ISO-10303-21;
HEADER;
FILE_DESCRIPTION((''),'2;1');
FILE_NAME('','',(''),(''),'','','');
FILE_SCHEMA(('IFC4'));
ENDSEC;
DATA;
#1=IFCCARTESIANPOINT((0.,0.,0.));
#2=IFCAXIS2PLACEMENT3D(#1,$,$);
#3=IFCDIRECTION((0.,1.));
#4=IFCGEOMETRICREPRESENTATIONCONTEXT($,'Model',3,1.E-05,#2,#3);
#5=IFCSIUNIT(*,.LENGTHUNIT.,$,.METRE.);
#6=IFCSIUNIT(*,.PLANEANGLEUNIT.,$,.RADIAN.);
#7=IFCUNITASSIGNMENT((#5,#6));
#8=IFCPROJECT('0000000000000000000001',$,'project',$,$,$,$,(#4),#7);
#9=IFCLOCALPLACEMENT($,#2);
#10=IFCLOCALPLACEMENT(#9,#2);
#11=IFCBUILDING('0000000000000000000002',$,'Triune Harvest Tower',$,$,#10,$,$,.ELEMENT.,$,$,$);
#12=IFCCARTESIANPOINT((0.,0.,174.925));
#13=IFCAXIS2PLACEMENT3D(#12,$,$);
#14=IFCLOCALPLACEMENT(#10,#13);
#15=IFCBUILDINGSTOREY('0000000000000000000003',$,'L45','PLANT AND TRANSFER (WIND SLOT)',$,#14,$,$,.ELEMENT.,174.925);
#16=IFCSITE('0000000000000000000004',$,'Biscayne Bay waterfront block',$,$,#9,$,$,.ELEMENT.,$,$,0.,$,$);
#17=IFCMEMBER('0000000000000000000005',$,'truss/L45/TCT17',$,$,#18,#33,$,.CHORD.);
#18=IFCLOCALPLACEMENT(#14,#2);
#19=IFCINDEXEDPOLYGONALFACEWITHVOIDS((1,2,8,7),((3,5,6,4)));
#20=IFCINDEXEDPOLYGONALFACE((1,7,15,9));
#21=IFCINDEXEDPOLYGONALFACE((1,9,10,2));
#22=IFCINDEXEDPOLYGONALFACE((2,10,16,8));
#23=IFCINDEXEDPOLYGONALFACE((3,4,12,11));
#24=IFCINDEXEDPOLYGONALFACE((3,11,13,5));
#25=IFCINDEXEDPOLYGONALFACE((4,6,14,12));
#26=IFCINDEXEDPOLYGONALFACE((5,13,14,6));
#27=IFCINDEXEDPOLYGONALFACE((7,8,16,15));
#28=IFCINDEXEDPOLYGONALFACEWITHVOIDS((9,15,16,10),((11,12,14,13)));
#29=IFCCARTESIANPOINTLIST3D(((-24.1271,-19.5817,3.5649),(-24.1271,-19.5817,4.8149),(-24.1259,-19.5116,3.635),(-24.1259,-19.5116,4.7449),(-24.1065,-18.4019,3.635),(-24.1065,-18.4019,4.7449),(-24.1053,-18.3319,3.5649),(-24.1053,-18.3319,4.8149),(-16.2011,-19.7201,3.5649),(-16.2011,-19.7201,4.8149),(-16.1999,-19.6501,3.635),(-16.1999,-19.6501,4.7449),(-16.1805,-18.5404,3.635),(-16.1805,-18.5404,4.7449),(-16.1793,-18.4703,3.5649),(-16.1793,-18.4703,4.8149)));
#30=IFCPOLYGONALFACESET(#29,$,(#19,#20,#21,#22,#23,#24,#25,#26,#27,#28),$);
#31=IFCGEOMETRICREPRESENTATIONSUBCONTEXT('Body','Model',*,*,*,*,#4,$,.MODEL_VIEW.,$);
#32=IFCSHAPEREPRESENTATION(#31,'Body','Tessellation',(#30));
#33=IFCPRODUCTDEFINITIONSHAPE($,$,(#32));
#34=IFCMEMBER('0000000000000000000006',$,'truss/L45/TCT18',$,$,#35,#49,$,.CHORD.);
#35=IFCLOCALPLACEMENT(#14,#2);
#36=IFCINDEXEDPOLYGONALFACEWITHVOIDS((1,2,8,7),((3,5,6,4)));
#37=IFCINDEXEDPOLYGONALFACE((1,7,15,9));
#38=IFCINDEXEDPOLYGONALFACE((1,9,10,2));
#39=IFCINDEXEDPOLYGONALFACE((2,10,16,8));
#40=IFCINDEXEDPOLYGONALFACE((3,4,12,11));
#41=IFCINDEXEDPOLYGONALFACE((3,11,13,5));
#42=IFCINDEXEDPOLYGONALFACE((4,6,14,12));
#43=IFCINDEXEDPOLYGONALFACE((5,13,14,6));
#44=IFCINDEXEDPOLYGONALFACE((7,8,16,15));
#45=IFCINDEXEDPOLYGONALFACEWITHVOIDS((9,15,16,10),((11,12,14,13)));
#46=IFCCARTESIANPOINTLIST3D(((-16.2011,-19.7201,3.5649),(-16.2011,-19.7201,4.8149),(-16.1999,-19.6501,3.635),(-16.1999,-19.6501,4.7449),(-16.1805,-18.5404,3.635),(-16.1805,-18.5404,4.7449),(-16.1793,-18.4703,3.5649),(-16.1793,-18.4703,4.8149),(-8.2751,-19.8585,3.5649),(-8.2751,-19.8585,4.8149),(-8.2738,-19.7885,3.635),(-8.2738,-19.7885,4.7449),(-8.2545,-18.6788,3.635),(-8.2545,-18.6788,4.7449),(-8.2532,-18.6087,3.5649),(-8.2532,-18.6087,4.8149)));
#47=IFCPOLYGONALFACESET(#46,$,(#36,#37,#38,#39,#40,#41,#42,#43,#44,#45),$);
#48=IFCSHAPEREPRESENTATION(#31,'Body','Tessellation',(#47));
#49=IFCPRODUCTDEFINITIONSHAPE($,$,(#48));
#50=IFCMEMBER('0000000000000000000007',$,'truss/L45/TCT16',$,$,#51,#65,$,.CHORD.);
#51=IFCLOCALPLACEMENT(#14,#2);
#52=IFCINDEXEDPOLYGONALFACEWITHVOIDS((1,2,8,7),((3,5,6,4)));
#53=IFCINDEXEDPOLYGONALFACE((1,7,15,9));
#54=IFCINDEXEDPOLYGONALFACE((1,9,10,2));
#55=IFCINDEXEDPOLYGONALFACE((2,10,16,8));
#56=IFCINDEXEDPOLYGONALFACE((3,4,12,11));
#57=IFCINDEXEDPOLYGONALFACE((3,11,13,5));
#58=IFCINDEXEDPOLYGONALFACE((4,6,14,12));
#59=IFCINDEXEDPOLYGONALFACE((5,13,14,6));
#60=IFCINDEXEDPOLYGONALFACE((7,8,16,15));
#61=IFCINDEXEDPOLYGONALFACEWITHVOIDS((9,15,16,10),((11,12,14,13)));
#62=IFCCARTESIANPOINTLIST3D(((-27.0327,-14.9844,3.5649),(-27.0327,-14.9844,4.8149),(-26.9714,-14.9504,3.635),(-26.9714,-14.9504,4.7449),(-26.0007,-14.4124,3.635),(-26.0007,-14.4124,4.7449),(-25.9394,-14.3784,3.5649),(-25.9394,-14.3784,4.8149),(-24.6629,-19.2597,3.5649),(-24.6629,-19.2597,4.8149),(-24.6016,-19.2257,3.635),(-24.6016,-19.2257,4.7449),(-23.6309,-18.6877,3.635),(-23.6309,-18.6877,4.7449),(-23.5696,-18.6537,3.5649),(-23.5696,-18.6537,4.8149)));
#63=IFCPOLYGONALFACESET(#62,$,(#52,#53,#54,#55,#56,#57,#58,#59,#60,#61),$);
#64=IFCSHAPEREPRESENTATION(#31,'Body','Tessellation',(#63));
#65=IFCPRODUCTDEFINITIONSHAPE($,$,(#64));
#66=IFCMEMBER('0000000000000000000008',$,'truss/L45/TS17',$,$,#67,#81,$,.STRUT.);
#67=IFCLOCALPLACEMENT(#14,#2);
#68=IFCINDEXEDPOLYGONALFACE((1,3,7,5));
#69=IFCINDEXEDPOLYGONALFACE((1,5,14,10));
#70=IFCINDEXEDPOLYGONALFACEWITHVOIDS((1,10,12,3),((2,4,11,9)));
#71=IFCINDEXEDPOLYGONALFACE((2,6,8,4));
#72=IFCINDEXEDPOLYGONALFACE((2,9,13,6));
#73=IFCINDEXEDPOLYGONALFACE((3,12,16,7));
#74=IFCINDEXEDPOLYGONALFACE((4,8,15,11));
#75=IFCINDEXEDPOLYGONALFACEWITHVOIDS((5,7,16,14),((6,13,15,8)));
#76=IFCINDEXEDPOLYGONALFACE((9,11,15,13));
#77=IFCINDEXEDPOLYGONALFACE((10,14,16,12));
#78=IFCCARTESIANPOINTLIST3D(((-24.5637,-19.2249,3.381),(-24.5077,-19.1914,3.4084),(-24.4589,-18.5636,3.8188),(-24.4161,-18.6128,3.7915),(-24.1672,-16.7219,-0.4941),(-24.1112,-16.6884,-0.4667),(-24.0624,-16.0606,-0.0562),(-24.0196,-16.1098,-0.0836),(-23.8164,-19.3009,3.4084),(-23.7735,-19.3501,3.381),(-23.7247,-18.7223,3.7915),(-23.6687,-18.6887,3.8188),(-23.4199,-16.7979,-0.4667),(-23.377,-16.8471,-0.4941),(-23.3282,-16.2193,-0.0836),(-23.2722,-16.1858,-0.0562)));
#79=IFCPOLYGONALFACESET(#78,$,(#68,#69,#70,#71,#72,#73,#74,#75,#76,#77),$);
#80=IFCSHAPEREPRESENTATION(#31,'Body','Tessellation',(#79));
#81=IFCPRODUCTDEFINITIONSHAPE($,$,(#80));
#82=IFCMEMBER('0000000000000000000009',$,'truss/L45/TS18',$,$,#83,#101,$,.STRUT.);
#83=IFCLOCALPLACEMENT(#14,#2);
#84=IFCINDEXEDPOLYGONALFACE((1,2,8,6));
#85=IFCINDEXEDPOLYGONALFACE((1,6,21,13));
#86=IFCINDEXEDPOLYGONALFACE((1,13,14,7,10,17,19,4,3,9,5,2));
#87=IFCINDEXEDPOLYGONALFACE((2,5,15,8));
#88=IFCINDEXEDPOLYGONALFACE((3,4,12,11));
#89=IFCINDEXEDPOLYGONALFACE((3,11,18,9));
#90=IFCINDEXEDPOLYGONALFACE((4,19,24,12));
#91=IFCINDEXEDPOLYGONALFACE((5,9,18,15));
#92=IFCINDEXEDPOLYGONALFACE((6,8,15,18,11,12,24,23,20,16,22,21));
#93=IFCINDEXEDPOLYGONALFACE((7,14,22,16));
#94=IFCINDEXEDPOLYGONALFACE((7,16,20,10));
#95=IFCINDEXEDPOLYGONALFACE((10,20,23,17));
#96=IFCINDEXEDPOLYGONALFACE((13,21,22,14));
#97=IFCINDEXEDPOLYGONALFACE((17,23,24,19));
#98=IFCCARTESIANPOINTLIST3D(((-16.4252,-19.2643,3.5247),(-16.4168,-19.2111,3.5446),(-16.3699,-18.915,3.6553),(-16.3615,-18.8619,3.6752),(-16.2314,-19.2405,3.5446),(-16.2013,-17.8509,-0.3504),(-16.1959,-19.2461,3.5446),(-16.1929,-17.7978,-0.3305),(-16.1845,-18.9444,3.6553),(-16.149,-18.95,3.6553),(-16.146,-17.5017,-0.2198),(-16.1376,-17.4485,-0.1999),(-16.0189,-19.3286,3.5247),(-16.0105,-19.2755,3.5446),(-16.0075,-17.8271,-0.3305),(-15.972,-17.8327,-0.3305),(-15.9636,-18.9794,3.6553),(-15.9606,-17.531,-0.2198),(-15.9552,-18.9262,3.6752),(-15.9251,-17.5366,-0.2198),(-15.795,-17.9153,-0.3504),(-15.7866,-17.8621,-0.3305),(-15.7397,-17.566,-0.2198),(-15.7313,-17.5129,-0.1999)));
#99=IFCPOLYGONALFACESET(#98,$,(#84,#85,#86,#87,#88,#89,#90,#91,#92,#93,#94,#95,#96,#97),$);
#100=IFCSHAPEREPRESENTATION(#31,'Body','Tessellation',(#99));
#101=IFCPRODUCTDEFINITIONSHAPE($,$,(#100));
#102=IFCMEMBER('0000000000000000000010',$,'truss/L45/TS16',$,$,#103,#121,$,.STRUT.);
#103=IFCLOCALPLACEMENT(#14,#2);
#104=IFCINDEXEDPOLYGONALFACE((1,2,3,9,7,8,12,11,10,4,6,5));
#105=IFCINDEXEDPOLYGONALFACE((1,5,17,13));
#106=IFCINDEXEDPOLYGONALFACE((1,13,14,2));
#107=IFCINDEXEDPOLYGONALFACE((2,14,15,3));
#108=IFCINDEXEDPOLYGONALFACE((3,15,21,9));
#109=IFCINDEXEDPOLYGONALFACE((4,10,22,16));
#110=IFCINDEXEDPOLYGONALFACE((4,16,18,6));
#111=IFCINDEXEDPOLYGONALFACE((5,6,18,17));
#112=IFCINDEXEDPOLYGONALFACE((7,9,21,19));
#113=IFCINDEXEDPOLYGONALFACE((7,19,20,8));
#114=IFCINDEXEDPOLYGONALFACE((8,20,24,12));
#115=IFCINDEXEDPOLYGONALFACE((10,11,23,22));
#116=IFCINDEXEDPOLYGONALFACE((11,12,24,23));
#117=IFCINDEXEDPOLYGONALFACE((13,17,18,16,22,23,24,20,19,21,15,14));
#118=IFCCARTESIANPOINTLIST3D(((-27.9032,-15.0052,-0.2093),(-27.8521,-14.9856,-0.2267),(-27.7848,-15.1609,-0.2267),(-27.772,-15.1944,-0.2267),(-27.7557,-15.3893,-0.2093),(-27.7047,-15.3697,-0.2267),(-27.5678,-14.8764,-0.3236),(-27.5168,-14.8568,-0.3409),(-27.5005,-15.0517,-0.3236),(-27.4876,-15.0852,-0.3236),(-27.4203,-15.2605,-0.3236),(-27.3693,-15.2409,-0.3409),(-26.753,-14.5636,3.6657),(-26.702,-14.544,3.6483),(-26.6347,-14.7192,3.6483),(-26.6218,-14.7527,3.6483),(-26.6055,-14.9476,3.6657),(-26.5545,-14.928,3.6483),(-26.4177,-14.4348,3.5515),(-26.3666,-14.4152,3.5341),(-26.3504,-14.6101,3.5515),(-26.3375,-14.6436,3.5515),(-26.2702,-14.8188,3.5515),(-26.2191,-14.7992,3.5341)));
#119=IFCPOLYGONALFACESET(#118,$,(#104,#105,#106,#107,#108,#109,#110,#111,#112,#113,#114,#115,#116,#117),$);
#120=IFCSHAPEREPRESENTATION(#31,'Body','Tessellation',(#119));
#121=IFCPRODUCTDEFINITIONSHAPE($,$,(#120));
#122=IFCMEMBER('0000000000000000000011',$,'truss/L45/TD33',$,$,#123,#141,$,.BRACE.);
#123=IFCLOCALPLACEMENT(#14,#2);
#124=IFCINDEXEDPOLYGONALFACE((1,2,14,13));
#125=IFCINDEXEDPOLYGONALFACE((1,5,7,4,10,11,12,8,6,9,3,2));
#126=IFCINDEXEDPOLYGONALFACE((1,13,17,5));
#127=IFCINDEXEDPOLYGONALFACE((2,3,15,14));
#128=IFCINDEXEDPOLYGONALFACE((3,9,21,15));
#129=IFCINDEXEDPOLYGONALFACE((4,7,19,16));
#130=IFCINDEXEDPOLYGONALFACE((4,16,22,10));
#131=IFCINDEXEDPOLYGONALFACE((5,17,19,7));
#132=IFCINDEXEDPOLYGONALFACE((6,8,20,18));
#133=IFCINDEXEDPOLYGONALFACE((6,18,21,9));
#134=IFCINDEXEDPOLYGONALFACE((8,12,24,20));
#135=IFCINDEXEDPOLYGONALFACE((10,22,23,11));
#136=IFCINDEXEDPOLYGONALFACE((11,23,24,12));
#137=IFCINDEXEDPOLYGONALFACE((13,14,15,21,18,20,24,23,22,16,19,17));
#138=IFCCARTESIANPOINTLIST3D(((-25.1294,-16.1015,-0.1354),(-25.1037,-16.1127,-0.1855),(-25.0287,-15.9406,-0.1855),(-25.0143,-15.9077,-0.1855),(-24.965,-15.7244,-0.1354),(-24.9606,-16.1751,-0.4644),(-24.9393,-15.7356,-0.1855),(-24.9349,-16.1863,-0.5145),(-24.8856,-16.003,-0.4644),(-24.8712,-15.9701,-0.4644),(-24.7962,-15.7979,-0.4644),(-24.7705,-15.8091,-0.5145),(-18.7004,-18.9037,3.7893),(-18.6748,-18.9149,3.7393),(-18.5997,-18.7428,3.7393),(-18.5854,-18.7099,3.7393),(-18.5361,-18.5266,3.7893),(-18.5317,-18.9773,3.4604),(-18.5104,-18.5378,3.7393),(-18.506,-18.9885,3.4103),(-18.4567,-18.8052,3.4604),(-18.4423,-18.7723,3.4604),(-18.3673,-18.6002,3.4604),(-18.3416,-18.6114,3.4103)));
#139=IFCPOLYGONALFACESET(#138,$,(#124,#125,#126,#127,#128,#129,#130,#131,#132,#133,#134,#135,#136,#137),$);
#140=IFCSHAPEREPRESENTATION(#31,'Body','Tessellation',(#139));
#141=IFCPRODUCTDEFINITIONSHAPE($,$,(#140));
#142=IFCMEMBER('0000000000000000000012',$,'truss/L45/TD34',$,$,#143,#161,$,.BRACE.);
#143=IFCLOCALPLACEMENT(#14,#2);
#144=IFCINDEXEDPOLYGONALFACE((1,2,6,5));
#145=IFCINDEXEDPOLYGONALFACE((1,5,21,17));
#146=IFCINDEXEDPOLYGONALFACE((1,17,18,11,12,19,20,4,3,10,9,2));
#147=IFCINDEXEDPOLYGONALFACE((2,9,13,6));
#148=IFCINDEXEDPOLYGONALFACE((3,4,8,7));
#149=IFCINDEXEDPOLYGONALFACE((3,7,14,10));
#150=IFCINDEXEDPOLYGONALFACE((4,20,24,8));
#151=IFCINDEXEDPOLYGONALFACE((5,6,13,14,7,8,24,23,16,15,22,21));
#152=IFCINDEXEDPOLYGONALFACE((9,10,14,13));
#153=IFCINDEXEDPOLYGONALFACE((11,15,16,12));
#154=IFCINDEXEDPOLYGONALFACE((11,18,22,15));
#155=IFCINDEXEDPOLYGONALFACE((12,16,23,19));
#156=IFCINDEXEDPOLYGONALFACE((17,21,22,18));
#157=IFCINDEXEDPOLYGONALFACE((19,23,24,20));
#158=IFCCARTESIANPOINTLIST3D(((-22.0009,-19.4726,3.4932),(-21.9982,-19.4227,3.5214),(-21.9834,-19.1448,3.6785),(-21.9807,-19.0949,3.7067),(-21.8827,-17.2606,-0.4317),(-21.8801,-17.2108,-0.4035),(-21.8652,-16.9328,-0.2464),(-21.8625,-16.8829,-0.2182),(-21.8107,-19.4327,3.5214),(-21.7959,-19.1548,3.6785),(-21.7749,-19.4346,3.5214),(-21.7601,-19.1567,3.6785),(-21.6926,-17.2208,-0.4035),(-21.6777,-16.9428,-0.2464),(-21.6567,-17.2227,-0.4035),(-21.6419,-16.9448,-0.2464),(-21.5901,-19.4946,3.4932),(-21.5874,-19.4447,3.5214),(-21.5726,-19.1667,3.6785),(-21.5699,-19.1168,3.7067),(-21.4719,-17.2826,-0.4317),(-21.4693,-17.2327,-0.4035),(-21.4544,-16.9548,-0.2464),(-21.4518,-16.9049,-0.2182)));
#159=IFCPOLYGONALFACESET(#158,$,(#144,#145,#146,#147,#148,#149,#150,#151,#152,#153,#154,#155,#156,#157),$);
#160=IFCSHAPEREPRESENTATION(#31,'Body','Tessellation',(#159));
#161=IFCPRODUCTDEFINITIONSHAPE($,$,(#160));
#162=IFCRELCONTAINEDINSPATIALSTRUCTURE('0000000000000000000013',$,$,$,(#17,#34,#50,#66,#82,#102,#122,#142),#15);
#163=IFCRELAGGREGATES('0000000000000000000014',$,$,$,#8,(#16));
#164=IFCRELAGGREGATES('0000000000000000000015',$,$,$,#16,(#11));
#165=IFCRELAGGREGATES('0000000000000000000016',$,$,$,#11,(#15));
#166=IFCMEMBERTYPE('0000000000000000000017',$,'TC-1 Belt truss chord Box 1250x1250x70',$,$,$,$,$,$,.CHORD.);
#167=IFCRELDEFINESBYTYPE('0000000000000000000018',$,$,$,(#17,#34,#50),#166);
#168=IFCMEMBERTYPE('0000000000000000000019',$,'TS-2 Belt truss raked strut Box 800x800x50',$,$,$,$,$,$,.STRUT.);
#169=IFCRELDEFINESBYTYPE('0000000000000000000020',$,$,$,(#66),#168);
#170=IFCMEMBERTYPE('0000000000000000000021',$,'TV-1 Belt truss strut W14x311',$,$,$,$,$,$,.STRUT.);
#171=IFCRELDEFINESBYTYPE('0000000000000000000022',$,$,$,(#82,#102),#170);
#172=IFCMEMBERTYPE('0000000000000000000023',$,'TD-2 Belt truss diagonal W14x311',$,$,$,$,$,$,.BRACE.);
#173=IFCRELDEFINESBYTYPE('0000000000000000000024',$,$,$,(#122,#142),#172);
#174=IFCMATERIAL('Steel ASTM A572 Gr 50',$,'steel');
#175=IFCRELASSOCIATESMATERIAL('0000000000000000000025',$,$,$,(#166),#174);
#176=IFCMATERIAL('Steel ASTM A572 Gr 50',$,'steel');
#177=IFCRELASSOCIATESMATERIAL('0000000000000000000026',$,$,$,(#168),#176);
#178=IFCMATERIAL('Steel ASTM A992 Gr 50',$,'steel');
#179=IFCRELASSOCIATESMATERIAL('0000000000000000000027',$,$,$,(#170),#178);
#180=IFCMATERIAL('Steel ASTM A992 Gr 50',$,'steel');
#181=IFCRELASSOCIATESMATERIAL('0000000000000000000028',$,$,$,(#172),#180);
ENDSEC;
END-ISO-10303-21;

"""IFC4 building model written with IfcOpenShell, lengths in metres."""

from ifc_helpers import new_model, si_unit, direction, frame, origin, origin_2d, place, context, subcontext, project, spatial, hollow_rectangle, i_section, extrude, source, transform, mapped, material, material_profile, profile_set, type_object, element, save


model = new_model("IFC4")

# Units and contexts
model_context = context("Model", 3, precision=1e-05, world=origin(), true_north=direction((0.0, 1.0)))
body_context = subcontext(model_context, "Body", "Model", "MODEL_VIEW")
ifc_project = project(units=[si_unit("LENGTHUNIT", "METRE"), si_unit("PLANEANGLEUNIT", "RADIAN")], contexts=[model_context])

# Site, building, storey
site_placement = place(None, origin())
site = spatial("IfcSite", under=ifc_project, at=site_placement, Name="Biscayne Bay waterfront block", CompositionType="ELEMENT", RefElevation=0.0)
building_placement = place(site_placement, origin())
building = spatial("IfcBuilding", under=site, at=building_placement, Name="Triune Harvest Tower", CompositionType="ELEMENT")
storey_placement = place(building_placement, frame((0.0, 0.0, 174.925)))
storey = spatial("IfcBuildingStorey", under=building, at=storey_placement, Name="L45", Description="PLANT AND TRANSFER (WIND SLOT)", CompositionType="ELEMENT", Elevation=174.925)

# Members
ifc_material_1 = material(Name="Steel ASTM A572 Gr 50", Category="steel")
ifc_material_profile_1 = material_profile(ifc_material_1, hollow_rectangle(XDim=1.25, YDim=1.25, WallThickness=0.0701, at=origin_2d()), Name="Box 1250x1250x70")
ifc_profile_set_1 = profile_set([ifc_material_profile_1], Name="Steel ASTM A572 Gr 50")
member_type_1 = type_object("IfcMemberType", Name="TC-1 Belt truss chord Box 1250x1250x70", PredefinedType="CHORD", material=ifc_profile_set_1)
shared_shape_1 = source(origin(), body_context, "Body", "SweptSolid", [
    extrude(hollow_rectangle(XDim=1.25, YDim=1.25, WallThickness=0.0701, at=origin_2d()), origin(), (0.0, 0.0, 1.0), 7.9272),
])
for number, where, z_axis, x_axis, name in (
    (1, (-24.1162, -18.9568, 4.1899), (0.999848, -0.017462, 0.0), (0.017462, 0.999848, 0.0), "truss/L45/TCT17"),
    (2, (-16.1902, -19.0952, 4.1899), (0.999848, -0.017462, 0.0), (0.017462, 0.999848, 0.0), "truss/L45/TCT18"),
):
    element("IfcMember", number, at=place(storey_placement, frame(where, z_axis=z_axis, x_axis=x_axis)), inside=storey, type_object=member_type_1, Name=name, PredefinedType="CHORD", context=body_context, shape_type="MappedRepresentation", body=[
        mapped(shared_shape_1, transform((0.0, 0.0, 0.0), scale=1.0)),
    ])
shared_shape_2 = source(origin(), body_context, "Body", "SweptSolid", [
    extrude(hollow_rectangle(XDim=1.25, YDim=1.25, WallThickness=0.0701, at=origin_2d()), origin(), (0.0, 0.0, 1.0), 4.8882),
])
member_1_placement = place(storey_placement, frame((-26.4861, -14.6814, 4.1899), z_axis=(0.484807, -0.874621, 0.0), x_axis=(0.874621, 0.484807, 0.0)))
element("IfcMember", 3, at=member_1_placement, inside=storey, type_object=member_type_1, Name="truss/L45/TCT16", PredefinedType="CHORD", context=body_context, shape_type="MappedRepresentation", body=[
    mapped(shared_shape_2, transform((0.0, 0.0, 0.0), scale=1.0)),
])
ifc_material_2 = material(Name="Steel ASTM A572 Gr 50", Category="steel")
ifc_material_profile_2 = material_profile(ifc_material_2, hollow_rectangle(XDim=0.8, YDim=0.8, WallThickness=0.05, at=origin_2d()), Name="Box 800x800x50")
ifc_profile_set_2 = profile_set([ifc_material_profile_2], Name="Steel ASTM A572 Gr 50")
member_type_2 = type_object("IfcMemberType", Name="TS-2 Belt truss raked strut Box 800x800x50", PredefinedType="STRUT", material=ifc_profile_set_2)
shared_shape_3 = source(origin(), body_context, "Body", "SweptSolid", [
    extrude(hollow_rectangle(XDim=0.8, YDim=0.8, WallThickness=0.05, at=origin_2d()), origin(), (0.0, 0.0, 1.0), 4.6301),
])
member_2_placement = place(storey_placement, frame((-23.7197, -16.4539, -0.2751), z_axis=(-0.085633, -0.540582, 0.836922), x_axis=(0.987685, -0.156457, 0.0)))
element("IfcMember", 4, at=member_2_placement, inside=storey, type_object=member_type_2, Name="truss/L45/TS17", PredefinedType="STRUT", context=body_context, shape_type="MappedRepresentation", body=[
    mapped(shared_shape_3, transform((0.0, 0.0, 0.0), scale=1.0)),
])
ifc_material_3 = material(Name="Steel ASTM A992 Gr 50", Category="steel")
ifc_material_profile_3 = material_profile(ifc_material_3, i_section(OverallWidth=0.4114, OverallDepth=0.4343, WebThickness=0.0359, FlangeThickness=0.0574, at=origin_2d()), Name="W14x311")
ifc_profile_set_3 = profile_set([ifc_material_profile_3], Name="Steel ASTM A992 Gr 50")
member_type_3 = type_object("IfcMemberType", Name="TV-1 Belt truss strut W14x311", PredefinedType="STRUT", material=ifc_profile_set_3)
shared_shape_4 = source(origin(), body_context, "Body", "SweptSolid", [
    extrude(i_section(OverallWidth=0.4114, OverallDepth=0.4343, WebThickness=0.0359, FlangeThickness=0.0574, at=origin_2d()), origin(), (0.0, 0.0, 1.0), 4.1309),
])
member_3_placement = place(storey_placement, frame((-15.9663, -17.6819, -0.2751), z_axis=(-0.054197, -0.342147, 0.938082), x_axis=(0.987685, -0.156453, 0.0)))
element("IfcMember", 5, at=member_3_placement, inside=storey, type_object=member_type_3, Name="truss/L45/TS18", PredefinedType="STRUT", context=body_context, shape_type="MappedRepresentation", body=[
    mapped(shared_shape_4, transform((0.0, 0.0, 0.0), scale=1.0)),
])
shared_shape_5 = source(origin(), body_context, "Body", "SweptSolid", [
    extrude(i_section(OverallWidth=0.4114, OverallDepth=0.4343, WebThickness=0.0359, FlangeThickness=0.0574, at=origin_2d()), origin(), (0.0, 0.0, 1.0), 4.0662),
])
member_4_placement = place(storey_placement, frame((-27.6362, -15.123, -0.2751), z_axis=(0.282859, 0.108617, 0.952992), x_axis=(-0.358474, 0.93354, 0.0)))
element("IfcMember", 6, at=member_4_placement, inside=storey, type_object=member_type_3, Name="truss/L45/TS16", PredefinedType="STRUT", context=body_context, shape_type="MappedRepresentation", body=[
    mapped(shared_shape_5, transform((0.0, 0.0, 0.0), scale=1.0)),
])
ifc_material_4 = material(Name="Steel ASTM A992 Gr 50", Category="steel")
ifc_material_profile_4 = material_profile(ifc_material_4, i_section(OverallWidth=0.4114, OverallDepth=0.4343, WebThickness=0.0359, FlangeThickness=0.0574, at=origin_2d()), Name="W14x311")
ifc_profile_set_4 = profile_set([ifc_material_profile_4], Name="Steel ASTM A992 Gr 50")
member_type_4 = type_object("IfcMemberType", Name="TD-2 Belt truss diagonal W14x311", PredefinedType="BRACE", material=ifc_profile_set_4)
shared_shape_6 = source(origin(), body_context, "Body", "SweptSolid", [
    extrude(i_section(OverallWidth=0.4114, OverallDepth=0.4343, WebThickness=0.0359, FlangeThickness=0.0574, at=origin_2d()), origin(), (0.0, 0.0, 1.0), 8.0366),
])
member_5_placement = place(storey_placement, frame((-24.95, -15.9553, -0.325), z_axis=(0.799952, -0.348682, 0.488362), x_axis=(0.399571, 0.916702, 0.0)))
element("IfcMember", 7, at=member_5_placement, inside=storey, type_object=member_type_4, Name="truss/L45/TD33", PredefinedType="BRACE", context=body_context, shape_type="MappedRepresentation", body=[
    mapped(shared_shape_6, transform((0.0, 0.0, 0.0), scale=1.0)),
])
shared_shape_7 = source(origin(), body_context, "Body", "SweptSolid", [
    extrude(i_section(OverallWidth=0.4114, OverallDepth=0.4343, WebThickness=0.0359, FlangeThickness=0.0574, at=origin_2d()), origin(), (0.0, 0.0, 1.0), 4.5068),
])
member_6_placement = place(storey_placement, frame((-21.6672, -17.0828, -0.325), z_axis=(-0.026219, -0.490802, 0.870876), x_axis=(0.998576, -0.053346, 0.0)))
element("IfcMember", 8, at=member_6_placement, inside=storey, type_object=member_type_4, Name="truss/L45/TD34", PredefinedType="BRACE", context=body_context, shape_type="MappedRepresentation", body=[
    mapped(shared_shape_7, transform((0.0, 0.0, 0.0), scale=1.0)),
])

save(model, "model.ifc")
